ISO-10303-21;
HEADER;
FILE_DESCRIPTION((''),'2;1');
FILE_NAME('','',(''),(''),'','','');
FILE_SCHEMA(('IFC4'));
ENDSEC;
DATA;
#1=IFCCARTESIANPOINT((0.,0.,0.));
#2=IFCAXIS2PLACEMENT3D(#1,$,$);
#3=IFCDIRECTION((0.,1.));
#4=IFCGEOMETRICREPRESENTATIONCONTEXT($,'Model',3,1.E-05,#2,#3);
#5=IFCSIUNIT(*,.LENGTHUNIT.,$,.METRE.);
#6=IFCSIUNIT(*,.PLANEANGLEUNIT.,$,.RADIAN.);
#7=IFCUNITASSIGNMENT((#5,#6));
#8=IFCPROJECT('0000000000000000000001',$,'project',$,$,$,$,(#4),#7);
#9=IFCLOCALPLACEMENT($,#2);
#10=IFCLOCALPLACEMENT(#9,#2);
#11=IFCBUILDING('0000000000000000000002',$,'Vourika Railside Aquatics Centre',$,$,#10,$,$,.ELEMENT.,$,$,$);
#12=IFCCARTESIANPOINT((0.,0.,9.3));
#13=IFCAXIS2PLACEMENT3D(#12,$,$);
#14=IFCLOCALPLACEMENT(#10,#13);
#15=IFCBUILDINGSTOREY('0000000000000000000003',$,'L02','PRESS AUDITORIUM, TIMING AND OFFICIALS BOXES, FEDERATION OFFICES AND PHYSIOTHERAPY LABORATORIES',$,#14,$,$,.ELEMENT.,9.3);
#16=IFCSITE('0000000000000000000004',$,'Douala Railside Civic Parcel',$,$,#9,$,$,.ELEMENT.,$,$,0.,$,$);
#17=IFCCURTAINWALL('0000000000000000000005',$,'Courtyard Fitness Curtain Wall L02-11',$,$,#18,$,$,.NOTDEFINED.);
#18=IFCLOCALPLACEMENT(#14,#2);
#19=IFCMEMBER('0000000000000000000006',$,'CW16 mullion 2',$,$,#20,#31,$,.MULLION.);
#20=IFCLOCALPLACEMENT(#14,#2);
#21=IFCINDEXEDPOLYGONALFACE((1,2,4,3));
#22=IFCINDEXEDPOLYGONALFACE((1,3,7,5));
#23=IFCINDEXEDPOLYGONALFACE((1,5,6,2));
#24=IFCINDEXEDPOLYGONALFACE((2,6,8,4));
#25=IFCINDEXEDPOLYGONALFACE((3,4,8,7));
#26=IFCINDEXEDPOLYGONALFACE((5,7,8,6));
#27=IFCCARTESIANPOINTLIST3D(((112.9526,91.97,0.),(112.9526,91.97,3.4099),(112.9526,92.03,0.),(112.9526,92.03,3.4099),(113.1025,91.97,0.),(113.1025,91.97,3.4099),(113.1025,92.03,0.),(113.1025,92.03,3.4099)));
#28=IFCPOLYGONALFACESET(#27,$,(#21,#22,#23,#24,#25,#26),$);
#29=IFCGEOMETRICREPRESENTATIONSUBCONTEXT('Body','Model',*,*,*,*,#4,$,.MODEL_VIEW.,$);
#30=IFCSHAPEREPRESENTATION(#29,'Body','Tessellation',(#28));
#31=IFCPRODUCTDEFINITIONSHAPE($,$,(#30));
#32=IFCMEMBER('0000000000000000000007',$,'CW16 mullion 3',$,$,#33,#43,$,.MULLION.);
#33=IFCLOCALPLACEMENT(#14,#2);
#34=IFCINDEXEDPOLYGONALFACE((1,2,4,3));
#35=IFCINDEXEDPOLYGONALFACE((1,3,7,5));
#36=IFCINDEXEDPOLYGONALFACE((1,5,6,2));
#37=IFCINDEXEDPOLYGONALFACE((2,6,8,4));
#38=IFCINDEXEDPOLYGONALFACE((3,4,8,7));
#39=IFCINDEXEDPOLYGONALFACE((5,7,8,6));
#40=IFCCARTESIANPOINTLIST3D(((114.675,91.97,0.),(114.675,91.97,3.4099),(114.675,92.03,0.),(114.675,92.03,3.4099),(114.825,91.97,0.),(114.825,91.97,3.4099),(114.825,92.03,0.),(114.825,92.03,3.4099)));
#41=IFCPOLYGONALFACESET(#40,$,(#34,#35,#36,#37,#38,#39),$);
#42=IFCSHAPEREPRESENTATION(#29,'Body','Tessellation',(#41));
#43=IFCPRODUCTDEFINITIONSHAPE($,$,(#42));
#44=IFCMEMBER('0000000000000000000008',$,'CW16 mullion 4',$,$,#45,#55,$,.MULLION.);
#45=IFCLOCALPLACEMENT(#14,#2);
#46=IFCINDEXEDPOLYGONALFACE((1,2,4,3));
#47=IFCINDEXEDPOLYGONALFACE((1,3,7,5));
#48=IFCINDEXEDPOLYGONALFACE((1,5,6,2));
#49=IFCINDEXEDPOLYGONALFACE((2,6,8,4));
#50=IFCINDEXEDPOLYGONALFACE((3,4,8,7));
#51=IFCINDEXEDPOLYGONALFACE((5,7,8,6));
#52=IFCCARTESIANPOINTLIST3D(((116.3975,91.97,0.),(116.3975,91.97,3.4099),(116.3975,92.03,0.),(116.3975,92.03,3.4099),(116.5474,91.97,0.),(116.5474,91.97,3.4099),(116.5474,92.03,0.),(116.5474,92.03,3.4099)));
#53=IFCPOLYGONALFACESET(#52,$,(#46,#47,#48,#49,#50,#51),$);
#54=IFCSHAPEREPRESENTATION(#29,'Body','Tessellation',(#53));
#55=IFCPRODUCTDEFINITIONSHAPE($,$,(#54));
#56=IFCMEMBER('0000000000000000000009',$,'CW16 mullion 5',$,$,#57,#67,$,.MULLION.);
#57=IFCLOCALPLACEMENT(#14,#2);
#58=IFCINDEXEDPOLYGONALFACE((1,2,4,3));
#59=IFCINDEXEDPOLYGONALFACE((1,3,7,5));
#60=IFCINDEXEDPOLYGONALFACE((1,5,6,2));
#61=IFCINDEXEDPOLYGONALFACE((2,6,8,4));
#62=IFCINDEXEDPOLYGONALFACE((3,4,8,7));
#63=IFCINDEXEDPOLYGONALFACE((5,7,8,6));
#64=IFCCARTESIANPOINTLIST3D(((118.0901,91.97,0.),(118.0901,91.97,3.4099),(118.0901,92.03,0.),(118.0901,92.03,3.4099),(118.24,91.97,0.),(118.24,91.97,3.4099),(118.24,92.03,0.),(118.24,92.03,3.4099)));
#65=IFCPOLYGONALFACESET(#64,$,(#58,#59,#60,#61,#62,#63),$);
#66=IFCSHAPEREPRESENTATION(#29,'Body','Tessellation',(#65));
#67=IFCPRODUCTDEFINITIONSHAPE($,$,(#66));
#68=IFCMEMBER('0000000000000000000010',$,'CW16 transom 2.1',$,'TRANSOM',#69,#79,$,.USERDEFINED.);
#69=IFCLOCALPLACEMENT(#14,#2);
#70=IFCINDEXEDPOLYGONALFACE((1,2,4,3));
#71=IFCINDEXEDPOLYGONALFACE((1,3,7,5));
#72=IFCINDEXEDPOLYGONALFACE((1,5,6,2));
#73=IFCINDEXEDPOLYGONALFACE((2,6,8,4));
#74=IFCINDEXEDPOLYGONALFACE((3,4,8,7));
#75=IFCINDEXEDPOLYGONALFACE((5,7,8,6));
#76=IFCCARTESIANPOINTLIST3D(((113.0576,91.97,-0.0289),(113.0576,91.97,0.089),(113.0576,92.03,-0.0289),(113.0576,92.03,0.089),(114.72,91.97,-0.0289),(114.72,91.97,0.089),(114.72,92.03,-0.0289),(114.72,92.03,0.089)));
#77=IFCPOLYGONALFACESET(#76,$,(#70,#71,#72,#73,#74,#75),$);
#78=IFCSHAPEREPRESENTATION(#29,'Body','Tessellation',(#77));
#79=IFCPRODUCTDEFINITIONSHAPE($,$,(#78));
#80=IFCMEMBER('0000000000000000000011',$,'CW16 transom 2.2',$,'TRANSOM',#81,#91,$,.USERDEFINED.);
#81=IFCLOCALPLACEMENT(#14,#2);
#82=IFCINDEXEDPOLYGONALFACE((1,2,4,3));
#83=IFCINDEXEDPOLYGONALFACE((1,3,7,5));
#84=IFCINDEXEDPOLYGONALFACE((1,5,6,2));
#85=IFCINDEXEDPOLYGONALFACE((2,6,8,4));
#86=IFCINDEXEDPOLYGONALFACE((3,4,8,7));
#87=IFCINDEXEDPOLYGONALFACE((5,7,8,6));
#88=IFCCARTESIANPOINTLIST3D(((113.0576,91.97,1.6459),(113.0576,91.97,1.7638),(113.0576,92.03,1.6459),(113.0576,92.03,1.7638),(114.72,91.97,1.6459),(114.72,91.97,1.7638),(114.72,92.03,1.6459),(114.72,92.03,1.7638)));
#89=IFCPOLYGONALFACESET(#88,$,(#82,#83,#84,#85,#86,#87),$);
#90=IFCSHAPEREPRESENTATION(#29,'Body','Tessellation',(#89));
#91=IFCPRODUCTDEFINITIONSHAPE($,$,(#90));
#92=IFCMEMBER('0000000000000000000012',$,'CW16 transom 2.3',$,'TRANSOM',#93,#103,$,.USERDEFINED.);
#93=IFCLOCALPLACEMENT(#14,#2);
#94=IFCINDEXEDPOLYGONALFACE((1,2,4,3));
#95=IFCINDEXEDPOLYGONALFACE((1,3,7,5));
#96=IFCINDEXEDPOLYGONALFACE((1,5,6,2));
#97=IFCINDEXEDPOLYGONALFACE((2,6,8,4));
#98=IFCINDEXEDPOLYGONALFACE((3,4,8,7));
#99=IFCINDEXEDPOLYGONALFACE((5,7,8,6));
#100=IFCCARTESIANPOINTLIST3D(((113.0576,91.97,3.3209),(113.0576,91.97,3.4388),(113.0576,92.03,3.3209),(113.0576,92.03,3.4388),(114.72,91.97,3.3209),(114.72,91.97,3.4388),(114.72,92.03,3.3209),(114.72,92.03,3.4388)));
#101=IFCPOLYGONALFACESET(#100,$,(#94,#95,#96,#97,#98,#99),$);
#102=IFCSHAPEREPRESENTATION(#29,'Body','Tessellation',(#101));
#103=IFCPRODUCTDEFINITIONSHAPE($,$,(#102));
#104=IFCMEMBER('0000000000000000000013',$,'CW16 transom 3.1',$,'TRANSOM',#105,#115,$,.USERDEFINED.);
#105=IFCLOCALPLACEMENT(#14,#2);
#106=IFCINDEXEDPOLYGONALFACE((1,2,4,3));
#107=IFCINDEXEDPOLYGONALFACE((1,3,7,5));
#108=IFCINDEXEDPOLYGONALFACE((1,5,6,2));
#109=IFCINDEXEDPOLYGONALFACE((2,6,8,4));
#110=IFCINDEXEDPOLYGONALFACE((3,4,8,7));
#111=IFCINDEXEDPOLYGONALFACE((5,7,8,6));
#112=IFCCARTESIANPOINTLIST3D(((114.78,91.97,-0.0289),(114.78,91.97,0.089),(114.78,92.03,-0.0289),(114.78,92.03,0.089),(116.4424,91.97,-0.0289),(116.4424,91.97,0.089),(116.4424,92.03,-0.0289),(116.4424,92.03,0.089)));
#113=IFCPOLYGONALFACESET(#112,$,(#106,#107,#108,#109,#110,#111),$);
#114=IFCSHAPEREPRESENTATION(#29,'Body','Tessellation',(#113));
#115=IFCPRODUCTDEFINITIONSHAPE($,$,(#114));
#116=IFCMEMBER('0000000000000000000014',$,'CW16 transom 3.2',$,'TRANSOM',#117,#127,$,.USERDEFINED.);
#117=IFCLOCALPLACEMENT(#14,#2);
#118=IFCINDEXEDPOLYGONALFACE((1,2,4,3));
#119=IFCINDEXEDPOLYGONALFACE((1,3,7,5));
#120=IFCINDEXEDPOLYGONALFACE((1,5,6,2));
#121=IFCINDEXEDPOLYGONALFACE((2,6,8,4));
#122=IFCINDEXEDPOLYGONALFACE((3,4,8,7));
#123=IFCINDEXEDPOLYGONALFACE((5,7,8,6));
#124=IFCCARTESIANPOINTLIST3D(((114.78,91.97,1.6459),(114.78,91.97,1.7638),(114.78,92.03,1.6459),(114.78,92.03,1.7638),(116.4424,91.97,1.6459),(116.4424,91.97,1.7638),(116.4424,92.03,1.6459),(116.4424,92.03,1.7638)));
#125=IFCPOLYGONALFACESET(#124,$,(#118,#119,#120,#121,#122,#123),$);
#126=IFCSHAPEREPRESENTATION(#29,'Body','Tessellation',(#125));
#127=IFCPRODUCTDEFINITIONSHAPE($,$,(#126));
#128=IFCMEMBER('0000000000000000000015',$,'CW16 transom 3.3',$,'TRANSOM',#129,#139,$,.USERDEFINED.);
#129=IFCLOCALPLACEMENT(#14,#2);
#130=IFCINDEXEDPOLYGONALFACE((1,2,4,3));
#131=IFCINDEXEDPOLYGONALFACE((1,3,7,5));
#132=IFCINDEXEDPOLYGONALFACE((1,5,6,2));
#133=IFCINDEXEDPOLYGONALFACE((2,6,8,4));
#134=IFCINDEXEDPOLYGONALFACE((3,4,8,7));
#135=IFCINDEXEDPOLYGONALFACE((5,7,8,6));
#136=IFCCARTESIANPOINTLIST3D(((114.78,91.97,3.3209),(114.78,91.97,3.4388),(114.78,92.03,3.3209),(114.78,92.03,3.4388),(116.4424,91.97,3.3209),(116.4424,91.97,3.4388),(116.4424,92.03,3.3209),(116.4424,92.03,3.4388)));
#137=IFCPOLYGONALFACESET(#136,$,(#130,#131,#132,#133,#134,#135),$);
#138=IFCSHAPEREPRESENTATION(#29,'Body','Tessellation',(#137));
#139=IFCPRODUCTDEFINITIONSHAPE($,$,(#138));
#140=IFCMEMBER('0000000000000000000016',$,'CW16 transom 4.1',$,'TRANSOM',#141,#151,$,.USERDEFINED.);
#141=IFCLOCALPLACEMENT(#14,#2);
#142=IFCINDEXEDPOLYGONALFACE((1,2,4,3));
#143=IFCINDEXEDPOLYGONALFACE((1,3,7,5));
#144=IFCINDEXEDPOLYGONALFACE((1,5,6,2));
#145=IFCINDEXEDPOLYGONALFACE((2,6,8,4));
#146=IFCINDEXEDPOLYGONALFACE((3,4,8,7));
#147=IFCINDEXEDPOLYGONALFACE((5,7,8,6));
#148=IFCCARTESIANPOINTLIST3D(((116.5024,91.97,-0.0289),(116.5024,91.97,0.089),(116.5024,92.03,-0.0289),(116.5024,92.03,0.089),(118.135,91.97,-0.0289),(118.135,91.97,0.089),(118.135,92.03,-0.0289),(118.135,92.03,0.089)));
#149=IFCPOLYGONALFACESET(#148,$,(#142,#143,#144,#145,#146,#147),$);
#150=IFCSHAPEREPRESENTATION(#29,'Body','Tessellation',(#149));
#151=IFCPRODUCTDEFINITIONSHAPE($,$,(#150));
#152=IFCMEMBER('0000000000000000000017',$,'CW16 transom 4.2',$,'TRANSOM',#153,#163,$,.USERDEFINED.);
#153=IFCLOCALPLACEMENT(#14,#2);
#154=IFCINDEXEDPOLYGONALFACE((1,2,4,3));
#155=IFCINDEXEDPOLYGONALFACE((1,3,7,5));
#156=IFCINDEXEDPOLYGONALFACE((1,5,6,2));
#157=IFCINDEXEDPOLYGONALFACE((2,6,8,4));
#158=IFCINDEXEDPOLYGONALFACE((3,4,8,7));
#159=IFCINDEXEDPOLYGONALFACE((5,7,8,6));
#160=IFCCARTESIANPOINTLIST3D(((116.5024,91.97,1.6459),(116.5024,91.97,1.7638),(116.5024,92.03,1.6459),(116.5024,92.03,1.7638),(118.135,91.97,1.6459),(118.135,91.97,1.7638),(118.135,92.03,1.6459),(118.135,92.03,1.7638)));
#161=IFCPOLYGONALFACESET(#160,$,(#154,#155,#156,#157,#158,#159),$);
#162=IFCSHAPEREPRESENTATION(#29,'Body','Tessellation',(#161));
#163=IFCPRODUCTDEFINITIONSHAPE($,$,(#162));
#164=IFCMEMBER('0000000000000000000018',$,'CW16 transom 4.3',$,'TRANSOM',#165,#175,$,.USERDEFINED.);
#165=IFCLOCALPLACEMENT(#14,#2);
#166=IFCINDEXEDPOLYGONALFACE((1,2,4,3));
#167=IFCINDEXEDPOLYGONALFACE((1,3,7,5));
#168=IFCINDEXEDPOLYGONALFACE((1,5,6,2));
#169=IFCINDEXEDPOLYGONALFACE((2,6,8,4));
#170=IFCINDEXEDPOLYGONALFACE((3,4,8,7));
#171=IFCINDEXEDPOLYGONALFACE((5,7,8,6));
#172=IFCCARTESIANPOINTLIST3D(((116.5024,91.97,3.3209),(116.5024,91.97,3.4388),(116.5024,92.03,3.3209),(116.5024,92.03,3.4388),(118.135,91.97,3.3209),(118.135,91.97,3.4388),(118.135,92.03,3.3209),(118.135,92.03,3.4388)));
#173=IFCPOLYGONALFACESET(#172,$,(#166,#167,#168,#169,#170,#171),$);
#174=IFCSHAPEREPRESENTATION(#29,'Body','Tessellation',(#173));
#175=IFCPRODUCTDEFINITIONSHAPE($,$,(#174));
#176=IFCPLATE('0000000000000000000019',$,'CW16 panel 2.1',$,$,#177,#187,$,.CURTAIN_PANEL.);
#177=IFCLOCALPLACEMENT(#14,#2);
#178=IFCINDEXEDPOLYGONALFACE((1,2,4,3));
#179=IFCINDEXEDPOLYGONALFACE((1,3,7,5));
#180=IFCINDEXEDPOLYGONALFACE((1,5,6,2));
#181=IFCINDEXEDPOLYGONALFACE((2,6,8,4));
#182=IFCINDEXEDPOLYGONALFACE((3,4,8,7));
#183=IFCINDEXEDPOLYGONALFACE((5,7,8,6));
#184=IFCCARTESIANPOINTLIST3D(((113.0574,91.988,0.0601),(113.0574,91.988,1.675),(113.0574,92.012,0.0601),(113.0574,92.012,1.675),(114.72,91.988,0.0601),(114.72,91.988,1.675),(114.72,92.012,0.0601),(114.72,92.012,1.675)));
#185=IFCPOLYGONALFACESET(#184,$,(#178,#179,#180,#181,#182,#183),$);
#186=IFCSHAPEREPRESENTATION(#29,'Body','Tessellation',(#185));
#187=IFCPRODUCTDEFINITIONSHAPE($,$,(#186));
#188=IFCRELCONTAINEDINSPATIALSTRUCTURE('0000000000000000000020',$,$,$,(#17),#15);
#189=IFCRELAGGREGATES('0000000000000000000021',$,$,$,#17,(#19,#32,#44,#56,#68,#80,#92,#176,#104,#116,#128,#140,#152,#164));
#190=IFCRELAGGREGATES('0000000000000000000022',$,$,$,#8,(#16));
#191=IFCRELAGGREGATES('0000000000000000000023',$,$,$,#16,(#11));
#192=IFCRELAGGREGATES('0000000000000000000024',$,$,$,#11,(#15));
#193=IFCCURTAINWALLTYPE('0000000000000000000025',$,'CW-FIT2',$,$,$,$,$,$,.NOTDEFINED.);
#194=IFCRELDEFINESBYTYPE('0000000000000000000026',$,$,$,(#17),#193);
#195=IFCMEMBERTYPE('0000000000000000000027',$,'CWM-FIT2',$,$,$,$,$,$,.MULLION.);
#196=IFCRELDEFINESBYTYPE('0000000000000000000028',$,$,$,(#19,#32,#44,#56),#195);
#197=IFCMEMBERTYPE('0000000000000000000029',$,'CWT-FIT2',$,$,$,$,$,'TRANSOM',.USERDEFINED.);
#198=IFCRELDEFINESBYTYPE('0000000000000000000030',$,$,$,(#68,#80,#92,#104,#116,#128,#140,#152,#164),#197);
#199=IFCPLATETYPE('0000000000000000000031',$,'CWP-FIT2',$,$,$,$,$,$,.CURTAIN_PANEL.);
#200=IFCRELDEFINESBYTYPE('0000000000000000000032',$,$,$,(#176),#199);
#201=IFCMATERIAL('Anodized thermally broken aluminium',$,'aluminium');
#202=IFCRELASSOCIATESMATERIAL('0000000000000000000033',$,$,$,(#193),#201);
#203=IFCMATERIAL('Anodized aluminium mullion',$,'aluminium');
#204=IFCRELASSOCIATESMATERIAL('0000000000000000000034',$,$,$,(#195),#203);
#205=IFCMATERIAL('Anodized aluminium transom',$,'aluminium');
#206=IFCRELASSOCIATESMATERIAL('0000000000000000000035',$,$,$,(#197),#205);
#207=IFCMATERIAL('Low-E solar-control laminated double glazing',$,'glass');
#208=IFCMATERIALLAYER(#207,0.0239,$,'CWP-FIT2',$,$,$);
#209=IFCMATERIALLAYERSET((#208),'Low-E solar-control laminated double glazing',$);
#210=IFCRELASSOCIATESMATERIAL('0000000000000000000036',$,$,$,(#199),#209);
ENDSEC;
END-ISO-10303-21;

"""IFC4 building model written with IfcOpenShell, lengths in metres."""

from ifc_helpers import new_model, si_unit, direction, frame, origin, origin_2d, place, context, subcontext, project, spatial, rectangle, extrude, material, layer, layer_set, material_profile, profile_set, type_object, element, aggregate, save


model = new_model("IFC4")

# Units and contexts
model_context = context("Model", 3, precision=1e-05, world=origin(), true_north=direction((0.0, 1.0)))
body_context = subcontext(model_context, "Body", "Model", "MODEL_VIEW")
ifc_project = project(units=[si_unit("LENGTHUNIT", "METRE"), si_unit("PLANEANGLEUNIT", "RADIAN")], contexts=[model_context])

# Site, building, storey
site_placement = place(None, origin())
site = spatial("IfcSite", under=ifc_project, at=site_placement, Name="Douala Railside Civic Parcel", CompositionType="ELEMENT", RefElevation=0.0)
building_placement = place(site_placement, origin())
building = spatial("IfcBuilding", under=site, at=building_placement, Name="Vourika Railside Aquatics Centre", CompositionType="ELEMENT")
storey_placement = place(building_placement, frame((0.0, 0.0, 9.3)))
storey = spatial("IfcBuildingStorey", under=building, at=storey_placement, Name="L02", Description="PRESS AUDITORIUM, TIMING AND OFFICIALS BOXES, FEDERATION OFFICES AND PHYSIOTHERAPY LABORATORIES", CompositionType="ELEMENT", Elevation=9.3)

# Curtain wall, members, plate
ifc_material_1 = material(Name="Anodized thermally broken aluminium", Category="aluminium")
curtain_wall_type = type_object("IfcCurtainWallType", Name="CW-FIT2", PredefinedType="NOTDEFINED", material=ifc_material_1)
curtain_wall_placement = place(storey_placement, origin())
curtain_wall = element("IfcCurtainWall", 1, at=curtain_wall_placement, inside=storey, type_object=curtain_wall_type, Name="Courtyard Fitness Curtain Wall L02-11", PredefinedType="NOTDEFINED")
ifc_material_2 = material(Name="Anodized aluminium mullion", Category="aluminium")
ifc_material_profile_1 = material_profile(ifc_material_2, rectangle(XDim=0.0601, YDim=0.1499, at=origin_2d()), Name="ALU-M 60x150")
ifc_profile_set_1 = profile_set([ifc_material_profile_1], Name="Anodized aluminium mullion")
member_type_1 = type_object("IfcMemberType", Name="CWM-FIT2", PredefinedType="MULLION", material=ifc_profile_set_1)
member_1_placement = place(storey_placement, frame((113.0276, 92.0, 0.0), z_axis=(0.0, 0.0, 1.0), x_axis=(0.0, 1.0, 0.0)))
member_1 = element("IfcMember", 2, at=member_1_placement, type_object=member_type_1, Name="CW16 mullion 2", PredefinedType="MULLION", context=body_context, shape_type="SweptSolid", body=[
    extrude(rectangle(XDim=0.0601, YDim=0.1499, at=origin_2d()), origin(), (0.0, 0.0, 1.0), 3.4099),
])
member_2_placement = place(storey_placement, frame((114.75, 92.0, 0.0), z_axis=(0.0, 0.0, 1.0), x_axis=(0.0, 1.0, 0.0)))
member_2 = element("IfcMember", 3, at=member_2_placement, type_object=member_type_1, Name="CW16 mullion 3", PredefinedType="MULLION", context=body_context, shape_type="SweptSolid", body=[
    extrude(rectangle(XDim=0.0601, YDim=0.1499, at=origin_2d()), origin(), (0.0, 0.0, 1.0), 3.4099),
])
member_3_placement = place(storey_placement, frame((116.4724, 92.0, 0.0), z_axis=(0.0, 0.0, 1.0), x_axis=(0.0, 1.0, 0.0)))
member_3 = element("IfcMember", 4, at=member_3_placement, type_object=member_type_1, Name="CW16 mullion 4", PredefinedType="MULLION", context=body_context, shape_type="SweptSolid", body=[
    extrude(rectangle(XDim=0.0601, YDim=0.1499, at=origin_2d()), origin(), (0.0, 0.0, 1.0), 3.4099),
])
member_4_placement = place(storey_placement, frame((118.165, 92.0, 0.0), z_axis=(0.0, 0.0, 1.0), x_axis=(0.0, 1.0, 0.0)))
member_4 = element("IfcMember", 5, at=member_4_placement, type_object=member_type_1, Name="CW16 mullion 5", PredefinedType="MULLION", context=body_context, shape_type="SweptSolid", body=[
    extrude(rectangle(XDim=0.0601, YDim=0.1499, at=origin_2d()), origin(), (0.0, 0.0, 1.0), 3.4099),
])
ifc_material_3 = material(Name="Anodized aluminium transom", Category="aluminium")
ifc_material_profile_2 = material_profile(ifc_material_3, rectangle(XDim=0.0601, YDim=0.1179, at=origin_2d()), Name="ALU-T 60x118")
ifc_profile_set_2 = profile_set([ifc_material_profile_2], Name="Anodized aluminium transom")
member_type_2 = type_object("IfcMemberType", Name="CWT-FIT2", ElementType="TRANSOM", PredefinedType="USERDEFINED", material=ifc_profile_set_2)
member_5_placement = place(storey_placement, frame((113.0576, 92.0, 0.03), z_axis=(1.0, 0.0, 0.0), x_axis=(0.0, 1.0, 0.0)))
member_5 = element("IfcMember", 6, at=member_5_placement, type_object=member_type_2, Name="CW16 transom 2.1", ObjectType="TRANSOM", PredefinedType="USERDEFINED", context=body_context, shape_type="SweptSolid", body=[
    extrude(rectangle(XDim=0.0601, YDim=0.1179, at=origin_2d()), origin(), (0.0, 0.0, 1.0), 1.6624),
])
member_6_placement = place(storey_placement, frame((113.0576, 92.0, 1.7048), z_axis=(1.0, 0.0, 0.0), x_axis=(0.0, 1.0, 0.0)))
member_6 = element("IfcMember", 7, at=member_6_placement, type_object=member_type_2, Name="CW16 transom 2.2", ObjectType="TRANSOM", PredefinedType="USERDEFINED", context=body_context, shape_type="SweptSolid", body=[
    extrude(rectangle(XDim=0.0601, YDim=0.1179, at=origin_2d()), origin(), (0.0, 0.0, 1.0), 1.6624),
])
member_7_placement = place(storey_placement, frame((113.0576, 92.0, 3.3799), z_axis=(1.0, 0.0, 0.0), x_axis=(0.0, 1.0, 0.0)))
member_7 = element("IfcMember", 8, at=member_7_placement, type_object=member_type_2, Name="CW16 transom 2.3", ObjectType="TRANSOM", PredefinedType="USERDEFINED", context=body_context, shape_type="SweptSolid", body=[
    extrude(rectangle(XDim=0.0601, YDim=0.1179, at=origin_2d()), origin(), (0.0, 0.0, 1.0), 1.6624),
])
member_8_placement = place(storey_placement, frame((114.78, 92.0, 0.03), z_axis=(1.0, 0.0, 0.0), x_axis=(0.0, 1.0, 0.0)))
member_8 = element("IfcMember", 9, at=member_8_placement, type_object=member_type_2, Name="CW16 transom 3.1", ObjectType="TRANSOM", PredefinedType="USERDEFINED", context=body_context, shape_type="SweptSolid", body=[
    extrude(rectangle(XDim=0.0601, YDim=0.1179, at=origin_2d()), origin(), (0.0, 0.0, 1.0), 1.6624),
])
member_9_placement = place(storey_placement, frame((114.78, 92.0, 1.7048), z_axis=(1.0, 0.0, 0.0), x_axis=(0.0, 1.0, 0.0)))
member_9 = element("IfcMember", 10, at=member_9_placement, type_object=member_type_2, Name="CW16 transom 3.2", ObjectType="TRANSOM", PredefinedType="USERDEFINED", context=body_context, shape_type="SweptSolid", body=[
    extrude(rectangle(XDim=0.0601, YDim=0.1179, at=origin_2d()), origin(), (0.0, 0.0, 1.0), 1.6624),
])
member_10_placement = place(storey_placement, frame((114.78, 92.0, 3.3799), z_axis=(1.0, 0.0, 0.0), x_axis=(0.0, 1.0, 0.0)))
member_10 = element("IfcMember", 11, at=member_10_placement, type_object=member_type_2, Name="CW16 transom 3.3", ObjectType="TRANSOM", PredefinedType="USERDEFINED", context=body_context, shape_type="SweptSolid", body=[
    extrude(rectangle(XDim=0.0601, YDim=0.1179, at=origin_2d()), origin(), (0.0, 0.0, 1.0), 1.6624),
])
member_11_placement = place(storey_placement, frame((116.5024, 92.0, 0.03), z_axis=(1.0, 0.0, 0.0), x_axis=(0.0, 1.0, 0.0)))
member_11 = element("IfcMember", 12, at=member_11_placement, type_object=member_type_2, Name="CW16 transom 4.1", ObjectType="TRANSOM", PredefinedType="USERDEFINED", context=body_context, shape_type="SweptSolid", body=[
    extrude(rectangle(XDim=0.0601, YDim=0.1179, at=origin_2d()), origin(), (0.0, 0.0, 1.0), 1.6326),
])
member_12_placement = place(storey_placement, frame((116.5024, 92.0, 1.7048), z_axis=(1.0, 0.0, 0.0), x_axis=(0.0, 1.0, 0.0)))
member_12 = element("IfcMember", 13, at=member_12_placement, type_object=member_type_2, Name="CW16 transom 4.2", ObjectType="TRANSOM", PredefinedType="USERDEFINED", context=body_context, shape_type="SweptSolid", body=[
    extrude(rectangle(XDim=0.0601, YDim=0.1179, at=origin_2d()), origin(), (0.0, 0.0, 1.0), 1.6326),
])
member_13_placement = place(storey_placement, frame((116.5024, 92.0, 3.3799), z_axis=(1.0, 0.0, 0.0), x_axis=(0.0, 1.0, 0.0)))
member_13 = element("IfcMember", 14, at=member_13_placement, type_object=member_type_2, Name="CW16 transom 4.3", ObjectType="TRANSOM", PredefinedType="USERDEFINED", context=body_context, shape_type="SweptSolid", body=[
    extrude(rectangle(XDim=0.0601, YDim=0.1179, at=origin_2d()), origin(), (0.0, 0.0, 1.0), 1.6326),
])
ifc_material_4 = material(Name="Low-E solar-control laminated double glazing", Category="glass")
ifc_layer = layer(ifc_material_4, 0.0239, Name="CWP-FIT2")
ifc_layer_set = layer_set([ifc_layer], Name="Low-E solar-control laminated double glazing")
plate_type = type_object("IfcPlateType", Name="CWP-FIT2", PredefinedType="CURTAIN_PANEL", material=ifc_layer_set)
plate_1_placement = place(storey_placement, frame((113.8887, 92.0, 0.0601), z_axis=(0.0, 0.0, 1.0), x_axis=(1.0, 0.0, 0.0)))
plate_1 = element("IfcPlate", 15, at=plate_1_placement, type_object=plate_type, Name="CW16 panel 2.1", PredefinedType="CURTAIN_PANEL", context=body_context, shape_type="SweptSolid", body=[
    extrude(rectangle(XDim=1.6626, YDim=0.0239, at=origin_2d()), origin(), (0.0, 0.0, 1.0), 1.615),
])
aggregate(curtain_wall, [member_1, member_2, member_3, member_4, member_5, member_6, member_7, plate_1, member_8, member_9, member_10, member_11, member_12, member_13])

save(model, "model.ifc")
